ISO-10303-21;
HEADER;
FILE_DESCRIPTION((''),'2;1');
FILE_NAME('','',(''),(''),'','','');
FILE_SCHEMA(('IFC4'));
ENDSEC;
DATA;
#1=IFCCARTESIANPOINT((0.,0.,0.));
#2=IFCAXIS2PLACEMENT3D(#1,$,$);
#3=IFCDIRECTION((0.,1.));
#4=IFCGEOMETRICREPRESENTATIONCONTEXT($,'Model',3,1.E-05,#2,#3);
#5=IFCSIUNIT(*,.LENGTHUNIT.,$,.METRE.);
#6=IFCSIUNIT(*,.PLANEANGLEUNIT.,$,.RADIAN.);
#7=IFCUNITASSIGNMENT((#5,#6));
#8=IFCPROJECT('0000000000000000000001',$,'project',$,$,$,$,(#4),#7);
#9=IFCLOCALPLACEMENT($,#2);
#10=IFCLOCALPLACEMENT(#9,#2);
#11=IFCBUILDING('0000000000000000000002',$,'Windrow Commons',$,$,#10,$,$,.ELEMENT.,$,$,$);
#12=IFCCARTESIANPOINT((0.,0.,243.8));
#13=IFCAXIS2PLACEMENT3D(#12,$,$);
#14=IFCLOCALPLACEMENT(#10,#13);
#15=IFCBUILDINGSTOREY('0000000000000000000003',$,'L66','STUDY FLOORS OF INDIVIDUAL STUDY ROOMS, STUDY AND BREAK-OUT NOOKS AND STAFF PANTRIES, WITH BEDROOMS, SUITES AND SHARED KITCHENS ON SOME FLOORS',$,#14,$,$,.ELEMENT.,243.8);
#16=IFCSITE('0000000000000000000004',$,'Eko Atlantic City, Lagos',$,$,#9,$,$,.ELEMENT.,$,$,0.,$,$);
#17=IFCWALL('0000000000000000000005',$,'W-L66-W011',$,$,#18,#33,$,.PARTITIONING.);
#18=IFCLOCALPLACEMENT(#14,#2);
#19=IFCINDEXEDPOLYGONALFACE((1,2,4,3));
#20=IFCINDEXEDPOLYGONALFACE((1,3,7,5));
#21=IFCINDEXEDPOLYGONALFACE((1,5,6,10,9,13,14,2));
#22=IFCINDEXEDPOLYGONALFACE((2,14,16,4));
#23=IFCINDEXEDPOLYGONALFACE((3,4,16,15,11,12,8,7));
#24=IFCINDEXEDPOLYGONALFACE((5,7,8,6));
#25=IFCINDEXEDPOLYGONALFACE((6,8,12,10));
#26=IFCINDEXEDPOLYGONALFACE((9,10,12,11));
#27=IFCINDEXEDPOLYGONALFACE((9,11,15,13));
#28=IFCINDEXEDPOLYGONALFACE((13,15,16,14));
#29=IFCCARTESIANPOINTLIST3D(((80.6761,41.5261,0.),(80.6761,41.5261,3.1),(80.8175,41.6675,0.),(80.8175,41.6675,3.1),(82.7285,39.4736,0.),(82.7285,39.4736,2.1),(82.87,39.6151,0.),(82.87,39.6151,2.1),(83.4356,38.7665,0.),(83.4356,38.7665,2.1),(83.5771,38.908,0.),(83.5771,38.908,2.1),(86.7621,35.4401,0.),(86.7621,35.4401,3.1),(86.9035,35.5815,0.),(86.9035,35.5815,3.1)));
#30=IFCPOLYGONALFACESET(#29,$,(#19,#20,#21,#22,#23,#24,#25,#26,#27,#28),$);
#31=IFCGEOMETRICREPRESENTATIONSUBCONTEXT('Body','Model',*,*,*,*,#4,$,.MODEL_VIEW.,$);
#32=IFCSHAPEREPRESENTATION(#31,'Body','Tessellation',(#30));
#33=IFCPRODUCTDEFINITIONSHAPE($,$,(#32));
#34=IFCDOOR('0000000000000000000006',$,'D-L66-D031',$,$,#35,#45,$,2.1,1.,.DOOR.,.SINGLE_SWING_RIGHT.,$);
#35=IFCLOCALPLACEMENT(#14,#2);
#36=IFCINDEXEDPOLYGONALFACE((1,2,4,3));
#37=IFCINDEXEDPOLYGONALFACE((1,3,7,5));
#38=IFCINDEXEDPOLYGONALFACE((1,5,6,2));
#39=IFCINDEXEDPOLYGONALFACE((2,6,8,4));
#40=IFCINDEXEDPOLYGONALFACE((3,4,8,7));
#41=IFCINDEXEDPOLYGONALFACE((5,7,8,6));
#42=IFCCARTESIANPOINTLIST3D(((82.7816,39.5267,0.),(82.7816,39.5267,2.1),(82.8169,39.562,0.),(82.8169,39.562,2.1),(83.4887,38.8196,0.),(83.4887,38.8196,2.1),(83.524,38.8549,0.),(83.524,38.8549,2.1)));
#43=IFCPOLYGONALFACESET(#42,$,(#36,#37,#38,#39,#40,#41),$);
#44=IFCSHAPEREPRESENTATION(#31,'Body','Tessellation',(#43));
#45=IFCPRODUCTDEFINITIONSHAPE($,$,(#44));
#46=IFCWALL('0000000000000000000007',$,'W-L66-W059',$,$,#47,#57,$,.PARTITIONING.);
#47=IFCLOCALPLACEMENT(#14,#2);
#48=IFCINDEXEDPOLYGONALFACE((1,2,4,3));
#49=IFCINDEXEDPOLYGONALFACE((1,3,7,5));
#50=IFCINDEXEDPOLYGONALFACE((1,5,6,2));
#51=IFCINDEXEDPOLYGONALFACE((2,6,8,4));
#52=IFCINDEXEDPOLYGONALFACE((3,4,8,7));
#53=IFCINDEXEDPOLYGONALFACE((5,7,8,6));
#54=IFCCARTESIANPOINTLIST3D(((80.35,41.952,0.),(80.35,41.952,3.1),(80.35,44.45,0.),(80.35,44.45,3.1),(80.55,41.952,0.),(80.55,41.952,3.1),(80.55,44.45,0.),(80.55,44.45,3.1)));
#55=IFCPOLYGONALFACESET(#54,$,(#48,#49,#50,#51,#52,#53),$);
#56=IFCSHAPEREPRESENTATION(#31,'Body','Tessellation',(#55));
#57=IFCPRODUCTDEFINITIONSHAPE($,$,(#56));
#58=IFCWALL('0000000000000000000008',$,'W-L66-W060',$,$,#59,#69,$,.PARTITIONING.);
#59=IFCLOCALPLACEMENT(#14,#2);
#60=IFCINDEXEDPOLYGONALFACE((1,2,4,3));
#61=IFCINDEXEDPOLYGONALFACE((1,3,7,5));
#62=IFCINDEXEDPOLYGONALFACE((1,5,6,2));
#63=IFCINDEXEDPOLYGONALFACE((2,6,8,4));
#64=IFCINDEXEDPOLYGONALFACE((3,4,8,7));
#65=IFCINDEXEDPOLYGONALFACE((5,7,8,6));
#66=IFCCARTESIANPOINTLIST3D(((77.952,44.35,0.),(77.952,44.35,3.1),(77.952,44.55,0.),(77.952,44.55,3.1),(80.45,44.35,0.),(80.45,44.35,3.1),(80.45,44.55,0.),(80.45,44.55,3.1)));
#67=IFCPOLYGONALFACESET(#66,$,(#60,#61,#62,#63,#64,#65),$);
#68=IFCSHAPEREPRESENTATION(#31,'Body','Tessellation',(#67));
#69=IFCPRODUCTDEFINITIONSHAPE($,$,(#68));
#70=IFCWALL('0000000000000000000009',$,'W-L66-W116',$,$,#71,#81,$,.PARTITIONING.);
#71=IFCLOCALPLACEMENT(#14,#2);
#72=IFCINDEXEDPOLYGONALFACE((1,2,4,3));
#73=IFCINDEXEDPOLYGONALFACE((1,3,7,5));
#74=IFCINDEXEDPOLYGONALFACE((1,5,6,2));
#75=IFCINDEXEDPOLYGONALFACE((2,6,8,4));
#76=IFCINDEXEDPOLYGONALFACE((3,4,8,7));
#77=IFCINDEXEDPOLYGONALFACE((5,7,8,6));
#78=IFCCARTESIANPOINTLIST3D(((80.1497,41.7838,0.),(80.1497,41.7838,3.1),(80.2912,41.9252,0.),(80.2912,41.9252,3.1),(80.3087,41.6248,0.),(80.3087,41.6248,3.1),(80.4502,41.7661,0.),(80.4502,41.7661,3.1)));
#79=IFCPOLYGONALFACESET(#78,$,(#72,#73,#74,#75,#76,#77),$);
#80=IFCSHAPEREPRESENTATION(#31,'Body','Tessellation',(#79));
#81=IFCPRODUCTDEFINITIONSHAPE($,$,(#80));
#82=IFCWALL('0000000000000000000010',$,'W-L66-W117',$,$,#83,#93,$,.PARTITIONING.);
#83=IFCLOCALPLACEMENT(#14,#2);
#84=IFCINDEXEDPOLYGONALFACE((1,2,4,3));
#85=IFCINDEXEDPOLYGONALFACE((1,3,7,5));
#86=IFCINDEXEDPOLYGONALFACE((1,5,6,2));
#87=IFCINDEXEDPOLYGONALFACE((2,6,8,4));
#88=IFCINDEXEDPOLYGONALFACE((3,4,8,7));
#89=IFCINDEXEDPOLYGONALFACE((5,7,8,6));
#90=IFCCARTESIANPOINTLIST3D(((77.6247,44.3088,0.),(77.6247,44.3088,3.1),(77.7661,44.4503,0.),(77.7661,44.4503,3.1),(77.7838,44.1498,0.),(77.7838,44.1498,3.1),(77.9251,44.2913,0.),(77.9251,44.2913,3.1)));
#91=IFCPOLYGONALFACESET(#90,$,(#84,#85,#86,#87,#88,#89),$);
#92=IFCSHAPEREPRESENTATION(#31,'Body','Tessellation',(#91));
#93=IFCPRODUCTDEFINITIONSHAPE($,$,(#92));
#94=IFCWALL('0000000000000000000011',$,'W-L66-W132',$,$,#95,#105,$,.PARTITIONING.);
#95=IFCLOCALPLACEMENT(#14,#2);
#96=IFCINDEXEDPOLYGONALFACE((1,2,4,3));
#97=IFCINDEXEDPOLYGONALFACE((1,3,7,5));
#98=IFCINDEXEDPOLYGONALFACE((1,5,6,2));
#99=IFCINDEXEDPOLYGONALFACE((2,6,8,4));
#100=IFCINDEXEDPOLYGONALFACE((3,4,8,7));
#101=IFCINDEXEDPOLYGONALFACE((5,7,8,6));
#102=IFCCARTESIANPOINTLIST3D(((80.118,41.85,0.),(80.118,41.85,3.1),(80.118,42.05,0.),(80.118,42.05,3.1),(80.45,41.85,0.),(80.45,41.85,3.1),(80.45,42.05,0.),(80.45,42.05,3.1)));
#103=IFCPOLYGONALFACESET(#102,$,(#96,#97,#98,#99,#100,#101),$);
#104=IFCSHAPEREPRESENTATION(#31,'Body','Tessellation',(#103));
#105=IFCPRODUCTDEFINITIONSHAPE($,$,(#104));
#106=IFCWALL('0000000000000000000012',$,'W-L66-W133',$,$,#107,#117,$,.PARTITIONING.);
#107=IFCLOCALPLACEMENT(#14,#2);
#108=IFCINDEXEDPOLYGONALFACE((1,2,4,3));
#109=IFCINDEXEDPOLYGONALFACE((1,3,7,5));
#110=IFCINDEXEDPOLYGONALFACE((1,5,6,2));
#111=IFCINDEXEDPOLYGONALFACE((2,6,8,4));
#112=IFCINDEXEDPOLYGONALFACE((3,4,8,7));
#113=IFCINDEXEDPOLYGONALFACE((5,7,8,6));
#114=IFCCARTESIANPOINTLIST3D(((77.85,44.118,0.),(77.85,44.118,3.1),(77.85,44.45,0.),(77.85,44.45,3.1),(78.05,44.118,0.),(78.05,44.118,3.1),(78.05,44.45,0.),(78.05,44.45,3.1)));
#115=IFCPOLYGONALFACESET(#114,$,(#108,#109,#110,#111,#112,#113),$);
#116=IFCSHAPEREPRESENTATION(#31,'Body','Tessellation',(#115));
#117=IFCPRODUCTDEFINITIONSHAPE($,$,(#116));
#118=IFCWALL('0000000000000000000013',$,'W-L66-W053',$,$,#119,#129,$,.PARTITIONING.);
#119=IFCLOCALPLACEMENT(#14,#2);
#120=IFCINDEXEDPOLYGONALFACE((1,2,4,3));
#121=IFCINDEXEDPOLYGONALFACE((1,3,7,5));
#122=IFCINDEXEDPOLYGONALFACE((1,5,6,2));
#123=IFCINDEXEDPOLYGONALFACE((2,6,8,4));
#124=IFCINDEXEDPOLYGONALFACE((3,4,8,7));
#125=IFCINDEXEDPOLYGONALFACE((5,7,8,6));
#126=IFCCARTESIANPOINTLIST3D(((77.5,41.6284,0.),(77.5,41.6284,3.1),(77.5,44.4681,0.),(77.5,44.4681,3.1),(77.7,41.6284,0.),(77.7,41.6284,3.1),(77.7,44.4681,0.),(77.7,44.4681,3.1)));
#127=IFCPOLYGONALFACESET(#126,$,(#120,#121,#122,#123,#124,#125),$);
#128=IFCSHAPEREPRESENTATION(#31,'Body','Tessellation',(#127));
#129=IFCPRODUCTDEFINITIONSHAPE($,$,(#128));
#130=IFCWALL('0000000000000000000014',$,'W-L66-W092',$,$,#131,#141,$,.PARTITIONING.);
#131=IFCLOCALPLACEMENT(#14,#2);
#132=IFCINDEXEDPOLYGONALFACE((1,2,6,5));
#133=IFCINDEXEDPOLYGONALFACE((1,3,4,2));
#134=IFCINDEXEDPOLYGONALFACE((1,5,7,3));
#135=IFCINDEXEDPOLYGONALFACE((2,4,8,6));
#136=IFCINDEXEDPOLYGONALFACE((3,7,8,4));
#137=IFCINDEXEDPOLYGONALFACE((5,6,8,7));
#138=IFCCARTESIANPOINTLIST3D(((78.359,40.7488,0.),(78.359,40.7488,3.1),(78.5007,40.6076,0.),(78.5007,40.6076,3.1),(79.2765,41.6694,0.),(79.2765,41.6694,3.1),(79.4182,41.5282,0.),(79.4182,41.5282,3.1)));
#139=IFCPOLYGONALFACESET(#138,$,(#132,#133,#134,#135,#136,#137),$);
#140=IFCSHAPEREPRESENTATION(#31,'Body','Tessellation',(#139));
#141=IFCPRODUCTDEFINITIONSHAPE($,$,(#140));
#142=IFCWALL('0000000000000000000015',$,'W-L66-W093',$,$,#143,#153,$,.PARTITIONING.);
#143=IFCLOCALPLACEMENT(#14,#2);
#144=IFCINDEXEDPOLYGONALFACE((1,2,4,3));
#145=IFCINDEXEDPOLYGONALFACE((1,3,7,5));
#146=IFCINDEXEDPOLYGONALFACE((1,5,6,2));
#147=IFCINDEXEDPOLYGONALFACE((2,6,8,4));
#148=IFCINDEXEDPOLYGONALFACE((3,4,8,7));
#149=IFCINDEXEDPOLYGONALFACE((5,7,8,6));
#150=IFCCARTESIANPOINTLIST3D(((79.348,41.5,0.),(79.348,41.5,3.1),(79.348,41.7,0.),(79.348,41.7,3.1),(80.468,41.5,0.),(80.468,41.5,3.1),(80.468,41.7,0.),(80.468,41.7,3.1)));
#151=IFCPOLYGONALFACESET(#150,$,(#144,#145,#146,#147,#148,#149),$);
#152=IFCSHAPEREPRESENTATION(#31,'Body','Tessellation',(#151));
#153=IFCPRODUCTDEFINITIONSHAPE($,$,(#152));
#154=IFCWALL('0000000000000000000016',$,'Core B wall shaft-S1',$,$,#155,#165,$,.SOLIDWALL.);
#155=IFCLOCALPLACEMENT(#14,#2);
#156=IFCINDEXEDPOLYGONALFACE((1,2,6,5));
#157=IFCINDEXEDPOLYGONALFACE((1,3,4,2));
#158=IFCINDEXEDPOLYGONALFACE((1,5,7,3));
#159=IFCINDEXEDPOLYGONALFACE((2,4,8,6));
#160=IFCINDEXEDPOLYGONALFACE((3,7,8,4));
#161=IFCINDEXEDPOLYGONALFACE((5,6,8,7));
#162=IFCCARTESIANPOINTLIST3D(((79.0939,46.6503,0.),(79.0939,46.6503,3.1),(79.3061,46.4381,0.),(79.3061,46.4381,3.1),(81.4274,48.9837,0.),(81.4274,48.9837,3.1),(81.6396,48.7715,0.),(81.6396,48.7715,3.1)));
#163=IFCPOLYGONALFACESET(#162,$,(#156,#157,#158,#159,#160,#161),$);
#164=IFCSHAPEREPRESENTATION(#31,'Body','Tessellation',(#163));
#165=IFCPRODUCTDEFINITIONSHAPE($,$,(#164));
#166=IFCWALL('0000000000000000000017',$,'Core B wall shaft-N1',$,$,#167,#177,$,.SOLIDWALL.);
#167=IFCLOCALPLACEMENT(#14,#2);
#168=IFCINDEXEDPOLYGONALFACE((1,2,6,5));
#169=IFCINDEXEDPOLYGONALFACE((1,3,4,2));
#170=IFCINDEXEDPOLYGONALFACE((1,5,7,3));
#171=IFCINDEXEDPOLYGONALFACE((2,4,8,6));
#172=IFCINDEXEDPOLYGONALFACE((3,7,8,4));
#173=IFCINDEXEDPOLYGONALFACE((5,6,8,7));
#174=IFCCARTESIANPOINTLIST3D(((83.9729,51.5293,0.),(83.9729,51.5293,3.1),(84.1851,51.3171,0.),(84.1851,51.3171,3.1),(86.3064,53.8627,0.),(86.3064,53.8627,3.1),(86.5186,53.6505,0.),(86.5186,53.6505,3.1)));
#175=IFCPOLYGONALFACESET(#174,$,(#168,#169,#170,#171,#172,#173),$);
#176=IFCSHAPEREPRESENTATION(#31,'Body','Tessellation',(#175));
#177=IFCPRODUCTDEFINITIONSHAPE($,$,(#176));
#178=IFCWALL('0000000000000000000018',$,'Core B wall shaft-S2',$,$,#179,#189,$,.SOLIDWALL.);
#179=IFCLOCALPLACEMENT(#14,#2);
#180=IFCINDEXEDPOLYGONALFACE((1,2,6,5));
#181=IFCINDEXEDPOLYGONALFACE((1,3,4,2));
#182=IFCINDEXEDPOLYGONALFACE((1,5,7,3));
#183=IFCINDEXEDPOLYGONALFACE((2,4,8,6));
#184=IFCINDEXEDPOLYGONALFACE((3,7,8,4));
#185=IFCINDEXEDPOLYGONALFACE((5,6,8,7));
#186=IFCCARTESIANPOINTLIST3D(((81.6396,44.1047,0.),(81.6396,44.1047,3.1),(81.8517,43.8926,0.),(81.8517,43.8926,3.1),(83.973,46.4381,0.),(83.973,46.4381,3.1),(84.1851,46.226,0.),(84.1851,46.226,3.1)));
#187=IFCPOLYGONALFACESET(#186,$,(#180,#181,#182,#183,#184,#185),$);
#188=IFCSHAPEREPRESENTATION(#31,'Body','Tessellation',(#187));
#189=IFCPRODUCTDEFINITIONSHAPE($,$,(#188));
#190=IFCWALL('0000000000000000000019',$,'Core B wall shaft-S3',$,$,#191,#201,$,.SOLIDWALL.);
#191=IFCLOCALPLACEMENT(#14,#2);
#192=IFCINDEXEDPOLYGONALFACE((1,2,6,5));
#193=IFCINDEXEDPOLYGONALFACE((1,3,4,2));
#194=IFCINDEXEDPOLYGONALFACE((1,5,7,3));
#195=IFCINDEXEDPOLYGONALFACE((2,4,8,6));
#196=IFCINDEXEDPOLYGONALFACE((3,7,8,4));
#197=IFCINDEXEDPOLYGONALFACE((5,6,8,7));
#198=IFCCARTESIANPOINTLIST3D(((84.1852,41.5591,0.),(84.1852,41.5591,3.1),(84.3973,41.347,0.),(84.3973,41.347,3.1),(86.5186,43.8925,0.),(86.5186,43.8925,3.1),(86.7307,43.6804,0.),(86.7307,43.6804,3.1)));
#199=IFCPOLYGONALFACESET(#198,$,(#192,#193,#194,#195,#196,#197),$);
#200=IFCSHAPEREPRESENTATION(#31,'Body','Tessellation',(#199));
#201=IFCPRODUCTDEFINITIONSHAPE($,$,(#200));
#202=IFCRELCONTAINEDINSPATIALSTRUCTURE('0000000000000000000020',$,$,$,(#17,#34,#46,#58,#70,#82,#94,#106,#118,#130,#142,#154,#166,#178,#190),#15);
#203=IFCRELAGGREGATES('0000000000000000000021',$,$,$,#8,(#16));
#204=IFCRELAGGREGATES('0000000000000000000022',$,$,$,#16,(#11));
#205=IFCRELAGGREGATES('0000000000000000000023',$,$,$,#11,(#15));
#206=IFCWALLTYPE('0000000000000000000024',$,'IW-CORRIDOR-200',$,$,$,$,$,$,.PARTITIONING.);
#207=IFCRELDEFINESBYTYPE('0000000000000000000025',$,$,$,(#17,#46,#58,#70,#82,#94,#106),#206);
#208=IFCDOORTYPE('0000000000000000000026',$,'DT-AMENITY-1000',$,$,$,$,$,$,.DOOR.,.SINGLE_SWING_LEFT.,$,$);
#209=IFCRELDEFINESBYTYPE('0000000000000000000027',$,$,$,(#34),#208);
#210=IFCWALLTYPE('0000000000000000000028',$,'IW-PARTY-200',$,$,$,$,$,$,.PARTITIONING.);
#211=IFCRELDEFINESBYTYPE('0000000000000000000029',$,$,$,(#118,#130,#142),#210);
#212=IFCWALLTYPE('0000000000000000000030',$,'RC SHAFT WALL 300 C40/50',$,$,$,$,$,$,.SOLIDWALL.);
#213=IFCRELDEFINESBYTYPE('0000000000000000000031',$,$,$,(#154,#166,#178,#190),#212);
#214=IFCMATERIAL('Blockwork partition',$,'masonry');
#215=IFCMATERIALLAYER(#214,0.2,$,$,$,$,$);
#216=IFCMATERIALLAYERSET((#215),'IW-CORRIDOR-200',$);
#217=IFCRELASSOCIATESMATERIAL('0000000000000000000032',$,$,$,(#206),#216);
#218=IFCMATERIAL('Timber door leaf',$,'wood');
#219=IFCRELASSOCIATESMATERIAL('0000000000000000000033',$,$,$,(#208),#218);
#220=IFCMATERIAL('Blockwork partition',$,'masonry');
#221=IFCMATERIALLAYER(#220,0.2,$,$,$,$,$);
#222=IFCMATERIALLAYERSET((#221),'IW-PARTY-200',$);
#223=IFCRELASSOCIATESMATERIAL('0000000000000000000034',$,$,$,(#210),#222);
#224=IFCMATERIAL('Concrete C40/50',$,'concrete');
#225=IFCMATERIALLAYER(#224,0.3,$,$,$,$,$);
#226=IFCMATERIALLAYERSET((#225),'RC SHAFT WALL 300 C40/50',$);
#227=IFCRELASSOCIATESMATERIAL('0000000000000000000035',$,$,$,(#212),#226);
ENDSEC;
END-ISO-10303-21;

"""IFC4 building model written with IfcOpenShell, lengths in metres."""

from ifc_helpers import new_model, si_unit, direction, frame, frame_2d, origin, place, context, subcontext, project, spatial, rectangle, extrude, material, layer, layer_set, type_object, element, fill, save


model = new_model("IFC4")

# Units and contexts
model_context = context("Model", 3, precision=1e-05, world=origin(), true_north=direction((0.0, 1.0)))
body_context = subcontext(model_context, "Body", "Model", "MODEL_VIEW")
ifc_project = project(units=[si_unit("LENGTHUNIT", "METRE"), si_unit("PLANEANGLEUNIT", "RADIAN")], contexts=[model_context])

# Site, building, storey
site_placement = place(None, origin())
site = spatial("IfcSite", under=ifc_project, at=site_placement, Name="Eko Atlantic City, Lagos", CompositionType="ELEMENT", RefElevation=0.0)
building_placement = place(site_placement, origin())
building = spatial("IfcBuilding", under=site, at=building_placement, Name="Windrow Commons", CompositionType="ELEMENT")
storey_placement = place(building_placement, frame((0.0, 0.0, 243.8)))
storey = spatial("IfcBuildingStorey", under=building, at=storey_placement, Name="L66", Description="STUDY FLOORS OF INDIVIDUAL STUDY ROOMS, STUDY AND BREAK-OUT NOOKS AND STAFF PANTRIES, WITH BEDROOMS, SUITES AND SHARED KITCHENS ON SOME FLOORS", CompositionType="ELEMENT", Elevation=243.8)

# Wall, opening, door
ifc_material_1 = material(Name="Blockwork partition", Category="masonry")
ifc_layer_1 = layer(ifc_material_1, 0.2)
ifc_layer_set_1 = layer_set([ifc_layer_1], Name="IW-CORRIDOR-200")
wall_type_1 = type_object("IfcWallType", Name="IW-CORRIDOR-200", PredefinedType="PARTITIONING", material=ifc_layer_set_1)
wall_1_placement = place(storey_placement, frame((80.7468, 41.5968, 0.0), z_axis=(0.0, 0.0, 1.0), x_axis=(0.707107, -0.707107, 0.0)))
wall_1 = element("IfcWall", 1, at=wall_1_placement, inside=storey, type_object=wall_type_1, Name="W-L66-W011", PredefinedType="PARTITIONING", context=body_context, shape_type="SweptSolid", body=[
    extrude(rectangle(XDim=8.6069, YDim=0.2, at=frame_2d((4.3034, 0.0))), origin(), (0.0, 0.0, 1.0), 3.1),
])
opening_1_placement = place(wall_1_placement, frame((2.9026, 0.0, 0.0)))
opening_1 = element("IfcOpeningElement", 2, at=opening_1_placement, cuts=wall_1, PredefinedType="OPENING", context=body_context, shape_type="SweptSolid", body=[
    extrude(rectangle(XDim=1.0, YDim=2.1, at=frame_2d((0.5, 1.05))), frame((0.0, 0.11, 0.0), z_axis=(0.0, -1.0, 0.0), x_axis=(1.0, 0.0, 0.0)), (0.0, 0.0, 1.0), 0.22),
])
ifc_material_2 = material(Name="Timber door leaf", Category="wood")
door_type_1 = type_object("IfcDoorType", Name="DT-AMENITY-1000", OperationType="SINGLE_SWING_LEFT", PredefinedType="DOOR", material=ifc_material_2)
door_1_placement = place(opening_1_placement, origin())
door_1 = element("IfcDoor", 3, at=door_1_placement, inside=storey, type_object=door_type_1, Name="D-L66-D031", OperationType="SINGLE_SWING_RIGHT", OverallHeight=2.1, OverallWidth=1.0, PredefinedType="DOOR", context=body_context, shape_type="SweptSolid", body=[
    extrude(rectangle(XDim=1.0, YDim=2.1, at=frame_2d((0.5, 1.05))), frame((0.0, 0.025, 0.0), z_axis=(0.0, -1.0, 0.0), x_axis=(1.0, 0.0, 0.0)), (0.0, 0.0, 1.0), 0.05),
])
fill(opening_1, door_1)

# Walls
for number, where, z_axis, x_axis, name in (
    (4, (80.45, 41.952, 0.0), (0.0, 0.0, 1.0), (0.0, 1.0, 0.0), "W-L66-W059"),
    (5, (77.952, 44.45, 0.0), (0.0, 0.0, 1.0), (1.0, 0.0, 0.0), "W-L66-W060"),
):
    element("IfcWall", number, at=place(storey_placement, frame(where, z_axis=z_axis, x_axis=x_axis)), inside=storey, type_object=wall_type_1, Name=name, PredefinedType="PARTITIONING", context=body_context, shape_type="SweptSolid", body=[
        extrude(rectangle(XDim=2.498, YDim=0.2, at=frame_2d((1.249, 0.0))), origin(), (0.0, 0.0, 1.0), 3.1),
    ])
for number, where, z_axis, x_axis, name in (
    (6, (80.2205, 41.8545, 0.0), (0.0, 0.0, 1.0), (0.706884, -0.707329, 0.0), "W-L66-W116"),
    (7, (77.6954, 44.3795, 0.0), (0.0, 0.0, 1.0), (0.707329, -0.706884, 0.0), "W-L66-W117"),
):
    element("IfcWall", number, at=place(storey_placement, frame(where, z_axis=z_axis, x_axis=x_axis)), inside=storey, type_object=wall_type_1, Name=name, PredefinedType="PARTITIONING", context=body_context, shape_type="SweptSolid", body=[
        extrude(rectangle(XDim=0.2249, YDim=0.2, at=frame_2d((0.1124, 0.0))), origin(), (0.0, 0.0, 1.0), 3.1),
    ])
for number, where, z_axis, x_axis, name in (
    (8, (80.118, 41.95, 0.0), (0.0, 0.0, 1.0), (1.0, 0.0, 0.0), "W-L66-W132"),
    (9, (77.95, 44.118, 0.0), (0.0, 0.0, 1.0), (0.0, 1.0, 0.0), "W-L66-W133"),
):
    element("IfcWall", number, at=place(storey_placement, frame(where, z_axis=z_axis, x_axis=x_axis)), inside=storey, type_object=wall_type_1, Name=name, PredefinedType="PARTITIONING", context=body_context, shape_type="SweptSolid", body=[
        extrude(rectangle(XDim=0.332, YDim=0.2, at=frame_2d((0.166, 0.0))), origin(), (0.0, 0.0, 1.0), 3.1),
    ])
ifc_material_3 = material(Name="Blockwork partition", Category="masonry")
ifc_layer_2 = layer(ifc_material_3, 0.2)
ifc_layer_set_2 = layer_set([ifc_layer_2], Name="IW-PARTY-200")
wall_type_2 = type_object("IfcWallType", Name="IW-PARTY-200", PredefinedType="PARTITIONING", material=ifc_layer_set_2)
wall_2_placement = place(storey_placement, frame((77.6, 41.6283, 0.0), z_axis=(0.0, 0.0, 1.0), x_axis=(0.0, 1.0, 0.0)))
element("IfcWall", 10, at=wall_2_placement, inside=storey, type_object=wall_type_2, Name="W-L66-W053", PredefinedType="PARTITIONING", context=body_context, shape_type="SweptSolid", body=[
    extrude(rectangle(XDim=2.8397, YDim=0.2, at=frame_2d((1.4199, 0.0))), origin(), (0.0, 0.0, 1.0), 3.1),
])
wall_3_placement = place(storey_placement, frame((78.4298, 40.6782, 0.0), z_axis=(0.0, 0.0, 1.0), x_axis=(0.705952, 0.70826, 0.0)))
element("IfcWall", 11, at=wall_3_placement, inside=storey, type_object=wall_type_2, Name="W-L66-W092", PredefinedType="PARTITIONING", context=body_context, shape_type="SweptSolid", body=[
    extrude(rectangle(XDim=1.2997, YDim=0.2, at=frame_2d((0.6499, 0.0))), origin(), (0.0, 0.0, 1.0), 3.1),
])
wall_4_placement = place(storey_placement, frame((79.348, 41.6, 0.0), z_axis=(0.0, 0.0, 1.0), x_axis=(1.0, 0.0, 0.0)))
element("IfcWall", 12, at=wall_4_placement, inside=storey, type_object=wall_type_2, Name="W-L66-W093", PredefinedType="PARTITIONING", context=body_context, shape_type="SweptSolid", body=[
    extrude(rectangle(XDim=1.12, YDim=0.2, at=frame_2d((0.56, 0.0))), origin(), (0.0, 0.0, 1.0), 3.1),
])
ifc_material_4 = material(Name="Concrete C40/50", Category="concrete")
ifc_layer_3 = layer(ifc_material_4, 0.3)
ifc_layer_set_3 = layer_set([ifc_layer_3], Name="RC SHAFT WALL 300 C40/50")
wall_type_3 = type_object("IfcWallType", Name="RC SHAFT WALL 300 C40/50", PredefinedType="SOLIDWALL", material=ifc_layer_set_3)
for number, where, z_axis, x_axis, name in (
    (13, (79.2, 46.5442, 0.0), (0.0, 0.0, 1.0), (0.707122, 0.707092, 0.0), "Core B wall shaft-S1"),
    (14, (84.079, 51.4232, 0.0), (0.0, 0.0, 1.0), (0.707122, 0.707092, 0.0), "Core B wall shaft-N1"),
):
    element("IfcWall", number, at=place(storey_placement, frame(where, z_axis=z_axis, x_axis=x_axis)), inside=storey, type_object=wall_type_3, Name=name, PredefinedType="SOLIDWALL", context=body_context, shape_type="SweptSolid", body=[
        extrude(rectangle(XDim=3.3, YDim=0.3, at=frame_2d((1.65, 0.0))), origin(), (0.0, 0.0, 1.0), 3.1),
    ])
for number, where, z_axis, x_axis, name in (
    (15, (81.7456, 43.9986, 0.0), (0.0, 0.0, 1.0), (0.707107, 0.707107, 0.0), "Core B wall shaft-S2"),
    (16, (84.2912, 41.453, 0.0), (0.0, 0.0, 1.0), (0.707107, 0.707107, 0.0), "Core B wall shaft-S3"),
):
    element("IfcWall", number, at=place(storey_placement, frame(where, z_axis=z_axis, x_axis=x_axis)), inside=storey, type_object=wall_type_3, Name=name, PredefinedType="SOLIDWALL", context=body_context, shape_type="SweptSolid", body=[
        extrude(rectangle(XDim=3.2999, YDim=0.3, at=frame_2d((1.65, 0.0))), origin(), (0.0, 0.0, 1.0), 3.1),
    ])

save(model, "model.ifc")
